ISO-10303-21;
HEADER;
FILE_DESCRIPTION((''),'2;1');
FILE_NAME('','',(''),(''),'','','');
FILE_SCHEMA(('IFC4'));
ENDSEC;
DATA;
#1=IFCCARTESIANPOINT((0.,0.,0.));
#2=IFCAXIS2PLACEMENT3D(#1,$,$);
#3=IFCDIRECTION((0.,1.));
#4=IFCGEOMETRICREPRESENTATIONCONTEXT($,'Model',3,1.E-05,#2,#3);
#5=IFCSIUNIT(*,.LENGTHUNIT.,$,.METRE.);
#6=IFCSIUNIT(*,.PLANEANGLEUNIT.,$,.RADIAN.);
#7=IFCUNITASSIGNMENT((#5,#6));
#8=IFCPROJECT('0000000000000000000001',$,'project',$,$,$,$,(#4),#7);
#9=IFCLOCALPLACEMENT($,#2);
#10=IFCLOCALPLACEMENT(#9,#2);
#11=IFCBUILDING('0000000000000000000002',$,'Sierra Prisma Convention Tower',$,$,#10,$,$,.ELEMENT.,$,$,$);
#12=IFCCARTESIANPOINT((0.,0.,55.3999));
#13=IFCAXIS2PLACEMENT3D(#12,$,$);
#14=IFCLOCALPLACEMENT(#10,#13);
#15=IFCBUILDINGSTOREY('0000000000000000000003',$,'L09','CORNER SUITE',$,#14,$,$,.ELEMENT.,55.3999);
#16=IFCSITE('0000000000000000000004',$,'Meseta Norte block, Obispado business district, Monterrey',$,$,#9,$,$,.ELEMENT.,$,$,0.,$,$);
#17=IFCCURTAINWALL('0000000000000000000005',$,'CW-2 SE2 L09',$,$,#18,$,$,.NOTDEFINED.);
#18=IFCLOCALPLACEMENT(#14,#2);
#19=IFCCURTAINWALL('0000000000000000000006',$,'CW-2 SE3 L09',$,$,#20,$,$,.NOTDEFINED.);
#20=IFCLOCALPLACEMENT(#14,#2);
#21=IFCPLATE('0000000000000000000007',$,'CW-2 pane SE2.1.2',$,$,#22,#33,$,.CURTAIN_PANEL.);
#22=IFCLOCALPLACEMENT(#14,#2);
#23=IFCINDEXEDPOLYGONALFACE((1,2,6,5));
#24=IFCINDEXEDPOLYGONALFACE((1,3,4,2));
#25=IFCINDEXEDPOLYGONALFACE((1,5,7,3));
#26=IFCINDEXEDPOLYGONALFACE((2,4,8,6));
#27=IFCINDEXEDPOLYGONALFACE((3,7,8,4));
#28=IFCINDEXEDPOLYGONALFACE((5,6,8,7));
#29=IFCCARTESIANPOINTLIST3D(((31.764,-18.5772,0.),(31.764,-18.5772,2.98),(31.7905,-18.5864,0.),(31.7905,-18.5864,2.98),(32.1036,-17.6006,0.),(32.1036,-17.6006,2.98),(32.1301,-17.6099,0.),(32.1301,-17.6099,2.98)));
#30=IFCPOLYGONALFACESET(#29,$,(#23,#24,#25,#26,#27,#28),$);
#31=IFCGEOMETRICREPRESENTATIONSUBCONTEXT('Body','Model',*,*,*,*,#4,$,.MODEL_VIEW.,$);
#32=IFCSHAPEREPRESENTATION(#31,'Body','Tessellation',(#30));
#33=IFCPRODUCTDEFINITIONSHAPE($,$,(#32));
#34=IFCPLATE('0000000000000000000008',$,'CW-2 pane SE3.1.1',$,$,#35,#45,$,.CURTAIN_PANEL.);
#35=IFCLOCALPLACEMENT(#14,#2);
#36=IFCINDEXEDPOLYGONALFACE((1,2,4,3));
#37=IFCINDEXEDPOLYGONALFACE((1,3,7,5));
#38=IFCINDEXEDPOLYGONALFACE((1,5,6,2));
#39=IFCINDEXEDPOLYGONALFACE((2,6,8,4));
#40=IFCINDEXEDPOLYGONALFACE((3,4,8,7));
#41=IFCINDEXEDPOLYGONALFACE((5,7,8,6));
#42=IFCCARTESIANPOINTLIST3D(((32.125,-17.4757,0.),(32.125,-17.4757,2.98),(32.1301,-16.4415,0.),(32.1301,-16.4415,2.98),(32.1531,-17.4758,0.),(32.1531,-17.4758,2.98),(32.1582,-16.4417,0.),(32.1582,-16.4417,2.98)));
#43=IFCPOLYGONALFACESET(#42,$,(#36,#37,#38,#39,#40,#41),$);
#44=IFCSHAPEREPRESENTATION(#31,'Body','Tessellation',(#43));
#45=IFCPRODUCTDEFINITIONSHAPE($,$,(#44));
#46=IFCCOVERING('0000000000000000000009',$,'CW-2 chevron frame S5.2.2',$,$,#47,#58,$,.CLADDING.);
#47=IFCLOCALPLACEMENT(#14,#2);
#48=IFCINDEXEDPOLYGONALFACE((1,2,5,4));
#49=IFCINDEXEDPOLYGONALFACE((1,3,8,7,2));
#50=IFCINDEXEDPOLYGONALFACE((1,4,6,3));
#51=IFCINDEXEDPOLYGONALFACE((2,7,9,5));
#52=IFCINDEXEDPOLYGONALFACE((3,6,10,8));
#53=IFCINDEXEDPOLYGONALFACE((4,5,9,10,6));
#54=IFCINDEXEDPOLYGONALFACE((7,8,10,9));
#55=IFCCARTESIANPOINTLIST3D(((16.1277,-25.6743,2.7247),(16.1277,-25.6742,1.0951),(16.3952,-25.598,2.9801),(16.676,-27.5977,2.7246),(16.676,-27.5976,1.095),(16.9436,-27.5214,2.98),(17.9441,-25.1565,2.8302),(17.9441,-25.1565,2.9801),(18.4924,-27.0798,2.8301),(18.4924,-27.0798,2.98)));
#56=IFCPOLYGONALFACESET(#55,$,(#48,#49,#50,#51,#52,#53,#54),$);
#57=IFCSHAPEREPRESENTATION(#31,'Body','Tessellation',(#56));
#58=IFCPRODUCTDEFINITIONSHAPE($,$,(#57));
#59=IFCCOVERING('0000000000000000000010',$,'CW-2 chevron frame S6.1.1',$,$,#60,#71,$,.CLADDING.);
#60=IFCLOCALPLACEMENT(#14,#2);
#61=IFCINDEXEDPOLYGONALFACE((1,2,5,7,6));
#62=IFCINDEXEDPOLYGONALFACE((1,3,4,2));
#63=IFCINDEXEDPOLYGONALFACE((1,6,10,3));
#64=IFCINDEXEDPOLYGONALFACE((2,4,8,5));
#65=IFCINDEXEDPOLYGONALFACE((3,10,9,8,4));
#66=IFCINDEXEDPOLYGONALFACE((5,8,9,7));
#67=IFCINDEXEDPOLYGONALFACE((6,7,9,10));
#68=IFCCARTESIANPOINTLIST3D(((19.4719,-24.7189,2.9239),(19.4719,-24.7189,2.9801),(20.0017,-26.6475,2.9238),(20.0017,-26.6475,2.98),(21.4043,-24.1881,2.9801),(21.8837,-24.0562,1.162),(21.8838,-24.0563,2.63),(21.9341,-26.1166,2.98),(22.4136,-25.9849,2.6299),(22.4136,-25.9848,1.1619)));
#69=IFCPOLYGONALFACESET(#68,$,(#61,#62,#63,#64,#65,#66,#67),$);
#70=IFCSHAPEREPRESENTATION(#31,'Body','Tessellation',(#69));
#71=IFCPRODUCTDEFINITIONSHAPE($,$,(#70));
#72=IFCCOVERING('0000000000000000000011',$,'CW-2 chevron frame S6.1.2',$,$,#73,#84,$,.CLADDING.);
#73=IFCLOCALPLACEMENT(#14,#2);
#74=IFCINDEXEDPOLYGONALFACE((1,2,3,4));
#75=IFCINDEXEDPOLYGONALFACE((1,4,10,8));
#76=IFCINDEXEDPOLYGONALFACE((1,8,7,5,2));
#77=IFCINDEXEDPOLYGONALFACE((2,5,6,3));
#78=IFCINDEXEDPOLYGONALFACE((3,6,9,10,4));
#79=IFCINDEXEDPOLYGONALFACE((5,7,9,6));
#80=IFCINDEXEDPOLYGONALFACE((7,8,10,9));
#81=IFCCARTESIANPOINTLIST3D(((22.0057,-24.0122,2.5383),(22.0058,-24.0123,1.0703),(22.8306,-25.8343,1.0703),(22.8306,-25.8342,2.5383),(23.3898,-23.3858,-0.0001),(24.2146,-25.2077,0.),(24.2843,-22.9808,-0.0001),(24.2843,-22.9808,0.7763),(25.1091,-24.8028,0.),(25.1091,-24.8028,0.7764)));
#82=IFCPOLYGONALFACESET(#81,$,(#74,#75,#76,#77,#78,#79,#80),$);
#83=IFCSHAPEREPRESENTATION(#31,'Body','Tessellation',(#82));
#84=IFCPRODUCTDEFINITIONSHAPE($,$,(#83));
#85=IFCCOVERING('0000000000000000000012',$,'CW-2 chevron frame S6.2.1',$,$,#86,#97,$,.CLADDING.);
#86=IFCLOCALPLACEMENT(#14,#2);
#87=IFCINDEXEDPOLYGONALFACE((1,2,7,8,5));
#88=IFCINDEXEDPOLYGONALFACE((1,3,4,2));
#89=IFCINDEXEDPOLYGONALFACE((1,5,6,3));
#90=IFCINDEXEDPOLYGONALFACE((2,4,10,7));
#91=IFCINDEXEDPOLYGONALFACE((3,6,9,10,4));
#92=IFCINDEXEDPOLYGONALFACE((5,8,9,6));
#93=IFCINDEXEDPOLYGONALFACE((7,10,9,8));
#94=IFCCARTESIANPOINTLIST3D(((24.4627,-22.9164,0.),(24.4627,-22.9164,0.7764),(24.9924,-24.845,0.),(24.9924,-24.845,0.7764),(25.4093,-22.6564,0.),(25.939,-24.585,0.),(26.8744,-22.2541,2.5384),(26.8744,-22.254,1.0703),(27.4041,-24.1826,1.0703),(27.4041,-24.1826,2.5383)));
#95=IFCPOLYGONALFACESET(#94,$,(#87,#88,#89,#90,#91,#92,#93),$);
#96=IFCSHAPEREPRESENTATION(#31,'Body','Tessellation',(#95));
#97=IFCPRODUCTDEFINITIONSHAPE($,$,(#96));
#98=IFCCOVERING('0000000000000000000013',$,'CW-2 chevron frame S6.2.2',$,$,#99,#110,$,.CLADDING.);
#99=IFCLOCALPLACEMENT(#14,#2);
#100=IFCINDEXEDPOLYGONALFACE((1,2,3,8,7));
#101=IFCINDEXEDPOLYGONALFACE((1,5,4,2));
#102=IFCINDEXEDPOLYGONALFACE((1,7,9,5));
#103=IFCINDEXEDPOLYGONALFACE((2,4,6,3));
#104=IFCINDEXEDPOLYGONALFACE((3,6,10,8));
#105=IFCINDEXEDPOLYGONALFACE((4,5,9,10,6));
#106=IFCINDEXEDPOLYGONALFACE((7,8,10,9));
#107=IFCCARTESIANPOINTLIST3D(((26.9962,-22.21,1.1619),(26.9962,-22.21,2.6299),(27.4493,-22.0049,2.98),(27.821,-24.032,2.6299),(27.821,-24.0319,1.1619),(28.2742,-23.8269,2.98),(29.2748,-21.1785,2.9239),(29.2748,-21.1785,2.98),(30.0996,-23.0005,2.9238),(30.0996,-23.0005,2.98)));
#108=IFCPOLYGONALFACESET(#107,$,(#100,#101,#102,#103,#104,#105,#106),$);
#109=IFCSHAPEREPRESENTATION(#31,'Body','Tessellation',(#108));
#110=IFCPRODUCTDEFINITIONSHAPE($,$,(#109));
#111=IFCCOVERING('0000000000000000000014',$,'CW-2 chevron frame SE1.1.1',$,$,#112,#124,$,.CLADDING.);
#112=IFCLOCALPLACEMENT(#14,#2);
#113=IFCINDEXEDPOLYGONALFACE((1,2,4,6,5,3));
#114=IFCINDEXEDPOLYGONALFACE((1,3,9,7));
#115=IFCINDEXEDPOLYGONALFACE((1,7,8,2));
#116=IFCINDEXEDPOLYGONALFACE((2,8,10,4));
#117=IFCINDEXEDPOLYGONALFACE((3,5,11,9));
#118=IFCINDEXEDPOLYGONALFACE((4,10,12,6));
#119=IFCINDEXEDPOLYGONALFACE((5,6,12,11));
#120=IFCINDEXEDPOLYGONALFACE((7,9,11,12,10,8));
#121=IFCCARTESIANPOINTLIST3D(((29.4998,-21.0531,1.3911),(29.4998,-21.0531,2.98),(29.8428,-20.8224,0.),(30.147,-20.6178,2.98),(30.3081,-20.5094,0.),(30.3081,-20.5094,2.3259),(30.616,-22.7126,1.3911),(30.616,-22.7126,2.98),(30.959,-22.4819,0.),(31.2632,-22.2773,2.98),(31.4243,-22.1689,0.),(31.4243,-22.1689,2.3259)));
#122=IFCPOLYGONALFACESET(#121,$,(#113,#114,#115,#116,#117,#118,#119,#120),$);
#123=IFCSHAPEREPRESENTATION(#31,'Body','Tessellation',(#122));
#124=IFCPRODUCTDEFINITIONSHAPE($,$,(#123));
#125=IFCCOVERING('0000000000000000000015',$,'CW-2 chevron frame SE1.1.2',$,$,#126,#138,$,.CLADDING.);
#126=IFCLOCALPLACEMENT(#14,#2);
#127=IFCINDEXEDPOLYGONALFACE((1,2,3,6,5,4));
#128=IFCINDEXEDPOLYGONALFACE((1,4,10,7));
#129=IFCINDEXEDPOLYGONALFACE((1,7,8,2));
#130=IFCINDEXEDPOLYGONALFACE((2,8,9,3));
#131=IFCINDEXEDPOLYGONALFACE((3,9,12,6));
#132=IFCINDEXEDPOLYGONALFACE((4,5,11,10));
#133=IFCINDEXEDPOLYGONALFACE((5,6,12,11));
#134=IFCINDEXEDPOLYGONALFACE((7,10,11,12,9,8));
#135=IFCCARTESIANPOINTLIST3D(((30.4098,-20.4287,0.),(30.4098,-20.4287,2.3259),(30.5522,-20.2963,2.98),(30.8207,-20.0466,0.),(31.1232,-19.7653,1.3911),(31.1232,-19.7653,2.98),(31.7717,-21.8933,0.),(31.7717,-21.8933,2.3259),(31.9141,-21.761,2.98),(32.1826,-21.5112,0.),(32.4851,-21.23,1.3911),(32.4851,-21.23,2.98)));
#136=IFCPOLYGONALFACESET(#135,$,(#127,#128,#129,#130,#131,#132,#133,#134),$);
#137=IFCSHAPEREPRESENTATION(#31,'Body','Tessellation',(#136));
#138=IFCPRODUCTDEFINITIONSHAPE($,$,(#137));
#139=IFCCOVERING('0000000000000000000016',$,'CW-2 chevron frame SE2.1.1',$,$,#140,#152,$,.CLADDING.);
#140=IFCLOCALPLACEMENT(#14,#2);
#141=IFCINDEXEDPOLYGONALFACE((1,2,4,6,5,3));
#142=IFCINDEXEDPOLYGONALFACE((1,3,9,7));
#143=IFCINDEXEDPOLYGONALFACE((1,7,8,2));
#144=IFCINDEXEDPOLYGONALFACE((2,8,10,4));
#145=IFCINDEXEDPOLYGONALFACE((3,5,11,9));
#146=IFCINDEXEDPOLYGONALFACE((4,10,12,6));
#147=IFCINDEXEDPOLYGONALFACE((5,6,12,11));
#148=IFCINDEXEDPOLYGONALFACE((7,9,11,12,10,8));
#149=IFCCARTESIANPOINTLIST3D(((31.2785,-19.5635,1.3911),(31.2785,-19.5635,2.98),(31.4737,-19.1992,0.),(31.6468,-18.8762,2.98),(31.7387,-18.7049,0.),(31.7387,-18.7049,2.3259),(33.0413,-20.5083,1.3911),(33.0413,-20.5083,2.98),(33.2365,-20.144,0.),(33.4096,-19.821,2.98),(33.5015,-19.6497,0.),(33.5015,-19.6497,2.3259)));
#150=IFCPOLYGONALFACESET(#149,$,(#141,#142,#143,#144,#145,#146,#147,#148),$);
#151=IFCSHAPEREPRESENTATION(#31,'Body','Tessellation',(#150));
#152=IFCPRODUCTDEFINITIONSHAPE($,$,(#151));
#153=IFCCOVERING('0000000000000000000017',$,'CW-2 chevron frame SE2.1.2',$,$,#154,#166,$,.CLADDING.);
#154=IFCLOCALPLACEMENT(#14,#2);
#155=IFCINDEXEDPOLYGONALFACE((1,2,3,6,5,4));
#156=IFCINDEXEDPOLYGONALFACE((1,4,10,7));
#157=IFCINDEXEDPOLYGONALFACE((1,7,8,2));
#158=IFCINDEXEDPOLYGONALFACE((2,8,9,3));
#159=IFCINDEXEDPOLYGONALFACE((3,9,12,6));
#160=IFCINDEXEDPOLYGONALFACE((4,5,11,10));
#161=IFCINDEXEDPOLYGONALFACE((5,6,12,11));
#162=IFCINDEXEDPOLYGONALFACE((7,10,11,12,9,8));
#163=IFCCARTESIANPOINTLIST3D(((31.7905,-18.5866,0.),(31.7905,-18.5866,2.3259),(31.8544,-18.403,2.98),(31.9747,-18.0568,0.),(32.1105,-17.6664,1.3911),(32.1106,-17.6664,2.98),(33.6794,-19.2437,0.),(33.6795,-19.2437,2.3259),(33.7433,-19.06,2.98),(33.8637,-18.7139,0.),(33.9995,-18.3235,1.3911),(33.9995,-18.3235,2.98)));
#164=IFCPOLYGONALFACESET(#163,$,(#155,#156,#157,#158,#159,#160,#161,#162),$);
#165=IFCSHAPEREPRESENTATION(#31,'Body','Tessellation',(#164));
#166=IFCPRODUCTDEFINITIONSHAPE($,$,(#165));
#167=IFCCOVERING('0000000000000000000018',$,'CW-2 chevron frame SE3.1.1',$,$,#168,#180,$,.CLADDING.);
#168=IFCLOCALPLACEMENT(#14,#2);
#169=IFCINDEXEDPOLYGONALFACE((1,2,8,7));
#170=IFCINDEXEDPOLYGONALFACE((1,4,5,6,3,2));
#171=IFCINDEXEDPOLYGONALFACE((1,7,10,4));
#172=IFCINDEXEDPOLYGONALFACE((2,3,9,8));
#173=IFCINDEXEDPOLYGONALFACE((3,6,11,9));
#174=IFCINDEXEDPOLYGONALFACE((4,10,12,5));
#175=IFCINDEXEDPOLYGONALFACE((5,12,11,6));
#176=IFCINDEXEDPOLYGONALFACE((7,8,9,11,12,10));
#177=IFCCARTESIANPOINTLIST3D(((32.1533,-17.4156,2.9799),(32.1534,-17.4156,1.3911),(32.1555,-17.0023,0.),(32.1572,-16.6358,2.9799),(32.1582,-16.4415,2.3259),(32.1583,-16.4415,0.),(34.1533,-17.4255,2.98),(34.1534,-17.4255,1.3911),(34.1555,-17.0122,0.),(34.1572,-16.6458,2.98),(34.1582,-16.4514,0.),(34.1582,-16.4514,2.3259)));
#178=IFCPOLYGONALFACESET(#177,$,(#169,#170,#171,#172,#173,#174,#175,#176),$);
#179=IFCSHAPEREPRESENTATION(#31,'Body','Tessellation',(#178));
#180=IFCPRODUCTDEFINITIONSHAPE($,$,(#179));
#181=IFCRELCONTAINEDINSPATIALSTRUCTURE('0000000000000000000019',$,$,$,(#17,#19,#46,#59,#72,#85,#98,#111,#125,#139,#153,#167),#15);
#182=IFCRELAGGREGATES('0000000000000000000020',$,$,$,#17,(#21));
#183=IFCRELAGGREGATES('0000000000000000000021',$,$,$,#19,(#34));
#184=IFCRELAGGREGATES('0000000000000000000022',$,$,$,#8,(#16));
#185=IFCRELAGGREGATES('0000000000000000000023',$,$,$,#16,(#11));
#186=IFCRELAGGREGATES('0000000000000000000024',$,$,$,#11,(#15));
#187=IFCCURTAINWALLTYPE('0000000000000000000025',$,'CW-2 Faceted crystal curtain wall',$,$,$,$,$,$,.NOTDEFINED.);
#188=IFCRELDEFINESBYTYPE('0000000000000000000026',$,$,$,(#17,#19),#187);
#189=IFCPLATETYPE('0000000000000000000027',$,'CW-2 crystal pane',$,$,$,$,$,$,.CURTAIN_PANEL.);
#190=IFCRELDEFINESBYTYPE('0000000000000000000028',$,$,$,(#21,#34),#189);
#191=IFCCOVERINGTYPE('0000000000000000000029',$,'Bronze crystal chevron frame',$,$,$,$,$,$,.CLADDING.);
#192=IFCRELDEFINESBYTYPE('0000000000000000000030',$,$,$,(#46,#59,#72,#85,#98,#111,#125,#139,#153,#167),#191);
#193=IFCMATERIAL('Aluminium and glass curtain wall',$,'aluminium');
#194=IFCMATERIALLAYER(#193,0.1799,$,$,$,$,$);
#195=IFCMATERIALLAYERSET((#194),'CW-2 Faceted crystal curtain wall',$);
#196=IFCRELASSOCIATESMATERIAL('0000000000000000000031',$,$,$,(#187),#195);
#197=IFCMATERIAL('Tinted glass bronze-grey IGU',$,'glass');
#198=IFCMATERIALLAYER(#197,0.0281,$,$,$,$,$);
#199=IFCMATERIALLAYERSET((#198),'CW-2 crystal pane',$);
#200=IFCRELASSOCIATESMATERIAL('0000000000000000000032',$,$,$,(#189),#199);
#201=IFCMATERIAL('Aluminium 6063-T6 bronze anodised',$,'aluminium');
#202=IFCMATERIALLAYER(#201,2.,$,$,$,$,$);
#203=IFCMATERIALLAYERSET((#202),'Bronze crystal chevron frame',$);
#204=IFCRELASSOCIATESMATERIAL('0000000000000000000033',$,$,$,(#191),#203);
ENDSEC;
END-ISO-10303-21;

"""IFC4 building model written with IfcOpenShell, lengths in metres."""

from ifc_helpers import new_model, si_unit, direction, frame, origin, place, context, subcontext, project, spatial, polyline, outline, extrude, material, layer, layer_set, type_object, element, aggregate, save


model = new_model("IFC4")

# Units and contexts
model_context = context("Model", 3, precision=1e-05, world=origin(), true_north=direction((0.0, 1.0)))
body_context = subcontext(model_context, "Body", "Model", "MODEL_VIEW")
ifc_project = project(units=[si_unit("LENGTHUNIT", "METRE"), si_unit("PLANEANGLEUNIT", "RADIAN")], contexts=[model_context])

# Site, building, storey
site_placement = place(None, origin())
site = spatial("IfcSite", under=ifc_project, at=site_placement, Name="Meseta Norte block, Obispado business district, Monterrey", CompositionType="ELEMENT", RefElevation=0.0)
building_placement = place(site_placement, origin())
building = spatial("IfcBuilding", under=site, at=building_placement, Name="Sierra Prisma Convention Tower", CompositionType="ELEMENT")
storey_placement = place(building_placement, frame((0.0, 0.0, 55.3999)))
storey = spatial("IfcBuildingStorey", under=building, at=storey_placement, Name="L09", Description="CORNER SUITE", CompositionType="ELEMENT", Elevation=55.3999)

# Shared definitions
ifc_material_1 = material(Name="Aluminium and glass curtain wall", Category="aluminium")
ifc_layer_1 = layer(ifc_material_1, 0.1799)
ifc_layer_set_1 = layer_set([ifc_layer_1], Name="CW-2 Faceted crystal curtain wall")
curtain_wall_type = type_object("IfcCurtainWallType", Name="CW-2 Faceted crystal curtain wall", PredefinedType="NOTDEFINED", material=ifc_layer_set_1)

# Curtain walls
curtain_wall_1_placement = place(storey_placement, origin())
curtain_wall_1 = element("IfcCurtainWall", 1, at=curtain_wall_1_placement, inside=storey, type_object=curtain_wall_type, Name="CW-2 SE2 L09", PredefinedType="NOTDEFINED")
curtain_wall_2_placement = place(storey_placement, origin())
curtain_wall_2 = element("IfcCurtainWall", 2, at=curtain_wall_2_placement, inside=storey, type_object=curtain_wall_type, Name="CW-2 SE3 L09", PredefinedType="NOTDEFINED")

# Plates
ifc_material_2 = material(Name="Tinted glass bronze-grey IGU", Category="glass")
ifc_layer_2 = layer(ifc_material_2, 0.0281)
ifc_layer_set_2 = layer_set([ifc_layer_2], Name="CW-2 crystal pane")
plate_type = type_object("IfcPlateType", Name="CW-2 crystal pane", PredefinedType="CURTAIN_PANEL", material=ifc_layer_set_2)
plate_1_placement = place(storey_placement, frame((32.1301, -17.6099, 0.0), z_axis=(0.944519, -0.328457, 0.0), x_axis=(-0.328457, -0.944519, 0.0)))
plate_1 = element("IfcPlate", 3, at=plate_1_placement, type_object=plate_type, Name="CW-2 pane SE2.1.2", PredefinedType="CURTAIN_PANEL", context=body_context, shape_type="SweptSolid", body=[
    extrude(outline(polyline([(0.0, 0.0), (1.0339, 0.0), (1.0339, -2.98), (0.0, -2.98), (0.0, 0.0)])), origin(), (0.0, 0.0, -1.0), 0.0281),
])
aggregate(curtain_wall_1, [plate_1])
plate_2_placement = place(storey_placement, frame((32.1531, -17.4758, 0.0), z_axis=(0.999988, -0.004957, 0.0), x_axis=(0.004957, 0.999988, 0.0)))
plate_2 = element("IfcPlate", 4, at=plate_2_placement, type_object=plate_type, Name="CW-2 pane SE3.1.1", PredefinedType="CURTAIN_PANEL", context=body_context, shape_type="SweptSolid", body=[
    extrude(outline(polyline([(0.0, 0.0), (1.0342, 0.0), (1.0342, 2.98), (0.0, 2.98), (0.0, 0.0)])), origin(), (0.0, 0.0, -1.0), 0.0281),
])
aggregate(curtain_wall_2, [plate_2])

# Coverings
ifc_material_3 = material(Name="Aluminium 6063-T6 bronze anodised", Category="aluminium")
ifc_layer_3 = layer(ifc_material_3, 2.0)
ifc_layer_set_3 = layer_set([ifc_layer_3], Name="Bronze crystal chevron frame")
covering_type = type_object("IfcCoveringType", Name="Bronze crystal chevron frame", PredefinedType="CLADDING", material=ifc_layer_set_3)
covering_1_placement = place(storey_placement, frame((18.4924, -27.0798, 2.98), z_axis=(0.274165, -0.961683, -0.000053), x_axis=(-0.961683, -0.274165, 0.0)))
element("IfcCovering", 5, at=covering_1_placement, inside=storey, type_object=covering_type, Name="CW-2 chevron frame S5.2.2", PredefinedType="CLADDING", context=body_context, shape_type="SweptSolid", body=[
    extrude(outline(polyline([(0.0, 0.0), (1.6106, 0.0), (1.8888, 0.2554), (1.8888, 1.885), (0.0, 0.1499), (0.0, 0.0)])), origin(), (0.0, 0.0, -1.0), 2.0),
])
covering_2_placement = place(storey_placement, frame((20.0017, -26.6475, 2.98), z_axis=(0.264901, -0.964275, -0.000058), x_axis=(-0.000015, 0.000056, -1.0)))
element("IfcCovering", 6, at=covering_2_placement, inside=storey, type_object=covering_type, Name="CW-2 chevron frame S6.1.1", PredefinedType="CLADDING", context=body_context, shape_type="SweptSolid", body=[
    extrude(outline(polyline([(0.0, 0.0), (0.0562, 0.0), (1.8181, 2.5012), (0.3501, 2.5012), (0.0, 2.0039), (0.0, 0.0)])), origin(), (0.0, 0.0, -1.0), 2.0),
])
covering_3_placement = place(storey_placement, frame((22.8306, -25.8342, 2.5383), z_axis=(0.412416, -0.910996, 0.000027), x_axis=(0.000011, -0.000025, -1.0)))
element("IfcCovering", 7, at=covering_3_placement, inside=storey, type_object=covering_type, Name="CW-2 chevron frame S6.1.2", PredefinedType="CLADDING", context=body_context, shape_type="SweptSolid", body=[
    extrude(outline(polyline([(0.0, 0.0), (1.468, 0.0), (2.5383, 1.5192), (2.5383, 2.5012), (1.762, 2.5012), (0.0, 0.0)])), origin(), (0.0, 0.0, -1.0), 2.0),
])
covering_4_placement = place(storey_placement, frame((24.9924, -24.845, 0.0), z_axis=(0.26485, -0.96429, -0.000016), x_axis=(0.96429, 0.26485, 0.0)))
element("IfcCovering", 8, at=covering_4_placement, inside=storey, type_object=covering_type, Name="CW-2 chevron frame S6.2.1", PredefinedType="CLADDING", context=body_context, shape_type="SweptSolid", body=[
    extrude(outline(polyline([(0.0, 0.0), (0.9816, 0.0), (2.5009, 1.0703), (2.5009, 2.5383), (0.0, 0.7764), (0.0, 0.0)])), origin(), (0.0, 0.0, -1.0), 2.0),
])
covering_5_placement = place(storey_placement, frame((30.0996, -23.0005, 2.98), z_axis=(0.412408, -0.910999, -0.000025), x_axis=(-0.910999, -0.412408, 0.0)))
element("IfcCovering", 9, at=covering_5_placement, inside=storey, type_object=covering_type, Name="CW-2 chevron frame S6.2.2", PredefinedType="CLADDING", context=body_context, shape_type="SweptSolid", body=[
    extrude(outline(polyline([(0.0, 0.0), (2.0038, 0.0), (2.5012, 0.3501), (2.5012, 1.8181), (0.0, 0.0562), (0.0, 0.0)])), origin(), (0.0, 0.0, -1.0), 2.0),
])
covering_6_placement = place(storey_placement, frame((30.616, -22.7126, 2.98), z_axis=(0.558107, -0.829769, -0.000003), x_axis=(-0.000001, 0.000002, -1.0)))
element("IfcCovering", 10, at=covering_6_placement, inside=storey, type_object=covering_type, Name="CW-2 chevron frame SE1.1.1", PredefinedType="CLADDING", context=body_context, shape_type="SweptSolid", body=[
    extrude(outline(polyline([(0.0, 0.0), (1.5889, 0.0), (2.98, 0.4134), (2.98, 0.9742), (0.6541, 0.9742), (0.0, 0.78), (0.0, 0.0)])), origin(), (0.0, 0.0, -1.0), 2.0),
])
covering_7_placement = place(storey_placement, frame((31.7717, -21.8933, 0.0), z_axis=(0.680955, -0.732325, -0.000006), x_axis=(0.732325, 0.680955, 0.0)))
element("IfcCovering", 11, at=covering_7_placement, inside=storey, type_object=covering_type, Name="CW-2 chevron frame SE1.1.2", PredefinedType="CLADDING", context=body_context, shape_type="SweptSolid", body=[
    extrude(outline(polyline([(0.0, 0.0), (0.5611, 0.0), (0.9741, 1.3911), (0.9741, 2.98), (0.1943, 2.98), (0.0, 2.3259), (0.0, 0.0)])), origin(), (0.0, 0.0, -1.0), 2.0),
])
covering_8_placement = place(storey_placement, frame((33.0413, -20.5083, 2.98), z_axis=(0.881393, -0.472384, 0.000004), x_axis=(0.000003, -0.000002, -1.0)))
element("IfcCovering", 12, at=covering_8_placement, inside=storey, type_object=covering_type, Name="CW-2 chevron frame SE2.1.1", PredefinedType="CLADDING", context=body_context, shape_type="SweptSolid", body=[
    extrude(outline(polyline([(0.0, 0.0), (1.5889, 0.0), (2.98, 0.4133), (2.98, 0.9742), (0.6541, 0.9742), (0.0, 0.7798), (0.0, 0.0)])), origin(), (0.0, 0.0, -1.0), 2.0),
])
covering_9_placement = place(storey_placement, frame((33.6794, -19.2437, 0.0), z_axis=(0.944494, -0.32853, -0.00001), x_axis=(0.32853, 0.944494, 0.0)))
element("IfcCovering", 13, at=covering_9_placement, inside=storey, type_object=covering_type, Name="CW-2 chevron frame SE2.1.2", PredefinedType="CLADDING", context=body_context, shape_type="SweptSolid", body=[
    extrude(outline(polyline([(0.0, 0.0), (0.5609, 0.0), (0.9742, 1.3911), (0.9742, 2.98), (0.1944, 2.98), (0.0, 2.3259), (0.0, 0.0)])), origin(), (0.0, 0.0, -1.0), 2.0),
])
covering_10_placement = place(storey_placement, frame((34.1533, -17.4255, 2.98), z_axis=(0.999988, -0.004978, 0.000024), x_axis=(0.000024, 0.0, -1.0)))
element("IfcCovering", 14, at=covering_10_placement, inside=storey, type_object=covering_type, Name="CW-2 chevron frame SE3.1.1", PredefinedType="CLADDING", context=body_context, shape_type="SweptSolid", body=[
    extrude(outline(polyline([(0.0, 0.0), (1.5889, 0.0), (2.98, 0.4133), (2.98, 0.9741), (0.6541, 0.9741), (0.0, 0.7798), (0.0, 0.0)])), origin(), (0.0, 0.0, -1.0), 2.0),
])

save(model, "model.ifc")
